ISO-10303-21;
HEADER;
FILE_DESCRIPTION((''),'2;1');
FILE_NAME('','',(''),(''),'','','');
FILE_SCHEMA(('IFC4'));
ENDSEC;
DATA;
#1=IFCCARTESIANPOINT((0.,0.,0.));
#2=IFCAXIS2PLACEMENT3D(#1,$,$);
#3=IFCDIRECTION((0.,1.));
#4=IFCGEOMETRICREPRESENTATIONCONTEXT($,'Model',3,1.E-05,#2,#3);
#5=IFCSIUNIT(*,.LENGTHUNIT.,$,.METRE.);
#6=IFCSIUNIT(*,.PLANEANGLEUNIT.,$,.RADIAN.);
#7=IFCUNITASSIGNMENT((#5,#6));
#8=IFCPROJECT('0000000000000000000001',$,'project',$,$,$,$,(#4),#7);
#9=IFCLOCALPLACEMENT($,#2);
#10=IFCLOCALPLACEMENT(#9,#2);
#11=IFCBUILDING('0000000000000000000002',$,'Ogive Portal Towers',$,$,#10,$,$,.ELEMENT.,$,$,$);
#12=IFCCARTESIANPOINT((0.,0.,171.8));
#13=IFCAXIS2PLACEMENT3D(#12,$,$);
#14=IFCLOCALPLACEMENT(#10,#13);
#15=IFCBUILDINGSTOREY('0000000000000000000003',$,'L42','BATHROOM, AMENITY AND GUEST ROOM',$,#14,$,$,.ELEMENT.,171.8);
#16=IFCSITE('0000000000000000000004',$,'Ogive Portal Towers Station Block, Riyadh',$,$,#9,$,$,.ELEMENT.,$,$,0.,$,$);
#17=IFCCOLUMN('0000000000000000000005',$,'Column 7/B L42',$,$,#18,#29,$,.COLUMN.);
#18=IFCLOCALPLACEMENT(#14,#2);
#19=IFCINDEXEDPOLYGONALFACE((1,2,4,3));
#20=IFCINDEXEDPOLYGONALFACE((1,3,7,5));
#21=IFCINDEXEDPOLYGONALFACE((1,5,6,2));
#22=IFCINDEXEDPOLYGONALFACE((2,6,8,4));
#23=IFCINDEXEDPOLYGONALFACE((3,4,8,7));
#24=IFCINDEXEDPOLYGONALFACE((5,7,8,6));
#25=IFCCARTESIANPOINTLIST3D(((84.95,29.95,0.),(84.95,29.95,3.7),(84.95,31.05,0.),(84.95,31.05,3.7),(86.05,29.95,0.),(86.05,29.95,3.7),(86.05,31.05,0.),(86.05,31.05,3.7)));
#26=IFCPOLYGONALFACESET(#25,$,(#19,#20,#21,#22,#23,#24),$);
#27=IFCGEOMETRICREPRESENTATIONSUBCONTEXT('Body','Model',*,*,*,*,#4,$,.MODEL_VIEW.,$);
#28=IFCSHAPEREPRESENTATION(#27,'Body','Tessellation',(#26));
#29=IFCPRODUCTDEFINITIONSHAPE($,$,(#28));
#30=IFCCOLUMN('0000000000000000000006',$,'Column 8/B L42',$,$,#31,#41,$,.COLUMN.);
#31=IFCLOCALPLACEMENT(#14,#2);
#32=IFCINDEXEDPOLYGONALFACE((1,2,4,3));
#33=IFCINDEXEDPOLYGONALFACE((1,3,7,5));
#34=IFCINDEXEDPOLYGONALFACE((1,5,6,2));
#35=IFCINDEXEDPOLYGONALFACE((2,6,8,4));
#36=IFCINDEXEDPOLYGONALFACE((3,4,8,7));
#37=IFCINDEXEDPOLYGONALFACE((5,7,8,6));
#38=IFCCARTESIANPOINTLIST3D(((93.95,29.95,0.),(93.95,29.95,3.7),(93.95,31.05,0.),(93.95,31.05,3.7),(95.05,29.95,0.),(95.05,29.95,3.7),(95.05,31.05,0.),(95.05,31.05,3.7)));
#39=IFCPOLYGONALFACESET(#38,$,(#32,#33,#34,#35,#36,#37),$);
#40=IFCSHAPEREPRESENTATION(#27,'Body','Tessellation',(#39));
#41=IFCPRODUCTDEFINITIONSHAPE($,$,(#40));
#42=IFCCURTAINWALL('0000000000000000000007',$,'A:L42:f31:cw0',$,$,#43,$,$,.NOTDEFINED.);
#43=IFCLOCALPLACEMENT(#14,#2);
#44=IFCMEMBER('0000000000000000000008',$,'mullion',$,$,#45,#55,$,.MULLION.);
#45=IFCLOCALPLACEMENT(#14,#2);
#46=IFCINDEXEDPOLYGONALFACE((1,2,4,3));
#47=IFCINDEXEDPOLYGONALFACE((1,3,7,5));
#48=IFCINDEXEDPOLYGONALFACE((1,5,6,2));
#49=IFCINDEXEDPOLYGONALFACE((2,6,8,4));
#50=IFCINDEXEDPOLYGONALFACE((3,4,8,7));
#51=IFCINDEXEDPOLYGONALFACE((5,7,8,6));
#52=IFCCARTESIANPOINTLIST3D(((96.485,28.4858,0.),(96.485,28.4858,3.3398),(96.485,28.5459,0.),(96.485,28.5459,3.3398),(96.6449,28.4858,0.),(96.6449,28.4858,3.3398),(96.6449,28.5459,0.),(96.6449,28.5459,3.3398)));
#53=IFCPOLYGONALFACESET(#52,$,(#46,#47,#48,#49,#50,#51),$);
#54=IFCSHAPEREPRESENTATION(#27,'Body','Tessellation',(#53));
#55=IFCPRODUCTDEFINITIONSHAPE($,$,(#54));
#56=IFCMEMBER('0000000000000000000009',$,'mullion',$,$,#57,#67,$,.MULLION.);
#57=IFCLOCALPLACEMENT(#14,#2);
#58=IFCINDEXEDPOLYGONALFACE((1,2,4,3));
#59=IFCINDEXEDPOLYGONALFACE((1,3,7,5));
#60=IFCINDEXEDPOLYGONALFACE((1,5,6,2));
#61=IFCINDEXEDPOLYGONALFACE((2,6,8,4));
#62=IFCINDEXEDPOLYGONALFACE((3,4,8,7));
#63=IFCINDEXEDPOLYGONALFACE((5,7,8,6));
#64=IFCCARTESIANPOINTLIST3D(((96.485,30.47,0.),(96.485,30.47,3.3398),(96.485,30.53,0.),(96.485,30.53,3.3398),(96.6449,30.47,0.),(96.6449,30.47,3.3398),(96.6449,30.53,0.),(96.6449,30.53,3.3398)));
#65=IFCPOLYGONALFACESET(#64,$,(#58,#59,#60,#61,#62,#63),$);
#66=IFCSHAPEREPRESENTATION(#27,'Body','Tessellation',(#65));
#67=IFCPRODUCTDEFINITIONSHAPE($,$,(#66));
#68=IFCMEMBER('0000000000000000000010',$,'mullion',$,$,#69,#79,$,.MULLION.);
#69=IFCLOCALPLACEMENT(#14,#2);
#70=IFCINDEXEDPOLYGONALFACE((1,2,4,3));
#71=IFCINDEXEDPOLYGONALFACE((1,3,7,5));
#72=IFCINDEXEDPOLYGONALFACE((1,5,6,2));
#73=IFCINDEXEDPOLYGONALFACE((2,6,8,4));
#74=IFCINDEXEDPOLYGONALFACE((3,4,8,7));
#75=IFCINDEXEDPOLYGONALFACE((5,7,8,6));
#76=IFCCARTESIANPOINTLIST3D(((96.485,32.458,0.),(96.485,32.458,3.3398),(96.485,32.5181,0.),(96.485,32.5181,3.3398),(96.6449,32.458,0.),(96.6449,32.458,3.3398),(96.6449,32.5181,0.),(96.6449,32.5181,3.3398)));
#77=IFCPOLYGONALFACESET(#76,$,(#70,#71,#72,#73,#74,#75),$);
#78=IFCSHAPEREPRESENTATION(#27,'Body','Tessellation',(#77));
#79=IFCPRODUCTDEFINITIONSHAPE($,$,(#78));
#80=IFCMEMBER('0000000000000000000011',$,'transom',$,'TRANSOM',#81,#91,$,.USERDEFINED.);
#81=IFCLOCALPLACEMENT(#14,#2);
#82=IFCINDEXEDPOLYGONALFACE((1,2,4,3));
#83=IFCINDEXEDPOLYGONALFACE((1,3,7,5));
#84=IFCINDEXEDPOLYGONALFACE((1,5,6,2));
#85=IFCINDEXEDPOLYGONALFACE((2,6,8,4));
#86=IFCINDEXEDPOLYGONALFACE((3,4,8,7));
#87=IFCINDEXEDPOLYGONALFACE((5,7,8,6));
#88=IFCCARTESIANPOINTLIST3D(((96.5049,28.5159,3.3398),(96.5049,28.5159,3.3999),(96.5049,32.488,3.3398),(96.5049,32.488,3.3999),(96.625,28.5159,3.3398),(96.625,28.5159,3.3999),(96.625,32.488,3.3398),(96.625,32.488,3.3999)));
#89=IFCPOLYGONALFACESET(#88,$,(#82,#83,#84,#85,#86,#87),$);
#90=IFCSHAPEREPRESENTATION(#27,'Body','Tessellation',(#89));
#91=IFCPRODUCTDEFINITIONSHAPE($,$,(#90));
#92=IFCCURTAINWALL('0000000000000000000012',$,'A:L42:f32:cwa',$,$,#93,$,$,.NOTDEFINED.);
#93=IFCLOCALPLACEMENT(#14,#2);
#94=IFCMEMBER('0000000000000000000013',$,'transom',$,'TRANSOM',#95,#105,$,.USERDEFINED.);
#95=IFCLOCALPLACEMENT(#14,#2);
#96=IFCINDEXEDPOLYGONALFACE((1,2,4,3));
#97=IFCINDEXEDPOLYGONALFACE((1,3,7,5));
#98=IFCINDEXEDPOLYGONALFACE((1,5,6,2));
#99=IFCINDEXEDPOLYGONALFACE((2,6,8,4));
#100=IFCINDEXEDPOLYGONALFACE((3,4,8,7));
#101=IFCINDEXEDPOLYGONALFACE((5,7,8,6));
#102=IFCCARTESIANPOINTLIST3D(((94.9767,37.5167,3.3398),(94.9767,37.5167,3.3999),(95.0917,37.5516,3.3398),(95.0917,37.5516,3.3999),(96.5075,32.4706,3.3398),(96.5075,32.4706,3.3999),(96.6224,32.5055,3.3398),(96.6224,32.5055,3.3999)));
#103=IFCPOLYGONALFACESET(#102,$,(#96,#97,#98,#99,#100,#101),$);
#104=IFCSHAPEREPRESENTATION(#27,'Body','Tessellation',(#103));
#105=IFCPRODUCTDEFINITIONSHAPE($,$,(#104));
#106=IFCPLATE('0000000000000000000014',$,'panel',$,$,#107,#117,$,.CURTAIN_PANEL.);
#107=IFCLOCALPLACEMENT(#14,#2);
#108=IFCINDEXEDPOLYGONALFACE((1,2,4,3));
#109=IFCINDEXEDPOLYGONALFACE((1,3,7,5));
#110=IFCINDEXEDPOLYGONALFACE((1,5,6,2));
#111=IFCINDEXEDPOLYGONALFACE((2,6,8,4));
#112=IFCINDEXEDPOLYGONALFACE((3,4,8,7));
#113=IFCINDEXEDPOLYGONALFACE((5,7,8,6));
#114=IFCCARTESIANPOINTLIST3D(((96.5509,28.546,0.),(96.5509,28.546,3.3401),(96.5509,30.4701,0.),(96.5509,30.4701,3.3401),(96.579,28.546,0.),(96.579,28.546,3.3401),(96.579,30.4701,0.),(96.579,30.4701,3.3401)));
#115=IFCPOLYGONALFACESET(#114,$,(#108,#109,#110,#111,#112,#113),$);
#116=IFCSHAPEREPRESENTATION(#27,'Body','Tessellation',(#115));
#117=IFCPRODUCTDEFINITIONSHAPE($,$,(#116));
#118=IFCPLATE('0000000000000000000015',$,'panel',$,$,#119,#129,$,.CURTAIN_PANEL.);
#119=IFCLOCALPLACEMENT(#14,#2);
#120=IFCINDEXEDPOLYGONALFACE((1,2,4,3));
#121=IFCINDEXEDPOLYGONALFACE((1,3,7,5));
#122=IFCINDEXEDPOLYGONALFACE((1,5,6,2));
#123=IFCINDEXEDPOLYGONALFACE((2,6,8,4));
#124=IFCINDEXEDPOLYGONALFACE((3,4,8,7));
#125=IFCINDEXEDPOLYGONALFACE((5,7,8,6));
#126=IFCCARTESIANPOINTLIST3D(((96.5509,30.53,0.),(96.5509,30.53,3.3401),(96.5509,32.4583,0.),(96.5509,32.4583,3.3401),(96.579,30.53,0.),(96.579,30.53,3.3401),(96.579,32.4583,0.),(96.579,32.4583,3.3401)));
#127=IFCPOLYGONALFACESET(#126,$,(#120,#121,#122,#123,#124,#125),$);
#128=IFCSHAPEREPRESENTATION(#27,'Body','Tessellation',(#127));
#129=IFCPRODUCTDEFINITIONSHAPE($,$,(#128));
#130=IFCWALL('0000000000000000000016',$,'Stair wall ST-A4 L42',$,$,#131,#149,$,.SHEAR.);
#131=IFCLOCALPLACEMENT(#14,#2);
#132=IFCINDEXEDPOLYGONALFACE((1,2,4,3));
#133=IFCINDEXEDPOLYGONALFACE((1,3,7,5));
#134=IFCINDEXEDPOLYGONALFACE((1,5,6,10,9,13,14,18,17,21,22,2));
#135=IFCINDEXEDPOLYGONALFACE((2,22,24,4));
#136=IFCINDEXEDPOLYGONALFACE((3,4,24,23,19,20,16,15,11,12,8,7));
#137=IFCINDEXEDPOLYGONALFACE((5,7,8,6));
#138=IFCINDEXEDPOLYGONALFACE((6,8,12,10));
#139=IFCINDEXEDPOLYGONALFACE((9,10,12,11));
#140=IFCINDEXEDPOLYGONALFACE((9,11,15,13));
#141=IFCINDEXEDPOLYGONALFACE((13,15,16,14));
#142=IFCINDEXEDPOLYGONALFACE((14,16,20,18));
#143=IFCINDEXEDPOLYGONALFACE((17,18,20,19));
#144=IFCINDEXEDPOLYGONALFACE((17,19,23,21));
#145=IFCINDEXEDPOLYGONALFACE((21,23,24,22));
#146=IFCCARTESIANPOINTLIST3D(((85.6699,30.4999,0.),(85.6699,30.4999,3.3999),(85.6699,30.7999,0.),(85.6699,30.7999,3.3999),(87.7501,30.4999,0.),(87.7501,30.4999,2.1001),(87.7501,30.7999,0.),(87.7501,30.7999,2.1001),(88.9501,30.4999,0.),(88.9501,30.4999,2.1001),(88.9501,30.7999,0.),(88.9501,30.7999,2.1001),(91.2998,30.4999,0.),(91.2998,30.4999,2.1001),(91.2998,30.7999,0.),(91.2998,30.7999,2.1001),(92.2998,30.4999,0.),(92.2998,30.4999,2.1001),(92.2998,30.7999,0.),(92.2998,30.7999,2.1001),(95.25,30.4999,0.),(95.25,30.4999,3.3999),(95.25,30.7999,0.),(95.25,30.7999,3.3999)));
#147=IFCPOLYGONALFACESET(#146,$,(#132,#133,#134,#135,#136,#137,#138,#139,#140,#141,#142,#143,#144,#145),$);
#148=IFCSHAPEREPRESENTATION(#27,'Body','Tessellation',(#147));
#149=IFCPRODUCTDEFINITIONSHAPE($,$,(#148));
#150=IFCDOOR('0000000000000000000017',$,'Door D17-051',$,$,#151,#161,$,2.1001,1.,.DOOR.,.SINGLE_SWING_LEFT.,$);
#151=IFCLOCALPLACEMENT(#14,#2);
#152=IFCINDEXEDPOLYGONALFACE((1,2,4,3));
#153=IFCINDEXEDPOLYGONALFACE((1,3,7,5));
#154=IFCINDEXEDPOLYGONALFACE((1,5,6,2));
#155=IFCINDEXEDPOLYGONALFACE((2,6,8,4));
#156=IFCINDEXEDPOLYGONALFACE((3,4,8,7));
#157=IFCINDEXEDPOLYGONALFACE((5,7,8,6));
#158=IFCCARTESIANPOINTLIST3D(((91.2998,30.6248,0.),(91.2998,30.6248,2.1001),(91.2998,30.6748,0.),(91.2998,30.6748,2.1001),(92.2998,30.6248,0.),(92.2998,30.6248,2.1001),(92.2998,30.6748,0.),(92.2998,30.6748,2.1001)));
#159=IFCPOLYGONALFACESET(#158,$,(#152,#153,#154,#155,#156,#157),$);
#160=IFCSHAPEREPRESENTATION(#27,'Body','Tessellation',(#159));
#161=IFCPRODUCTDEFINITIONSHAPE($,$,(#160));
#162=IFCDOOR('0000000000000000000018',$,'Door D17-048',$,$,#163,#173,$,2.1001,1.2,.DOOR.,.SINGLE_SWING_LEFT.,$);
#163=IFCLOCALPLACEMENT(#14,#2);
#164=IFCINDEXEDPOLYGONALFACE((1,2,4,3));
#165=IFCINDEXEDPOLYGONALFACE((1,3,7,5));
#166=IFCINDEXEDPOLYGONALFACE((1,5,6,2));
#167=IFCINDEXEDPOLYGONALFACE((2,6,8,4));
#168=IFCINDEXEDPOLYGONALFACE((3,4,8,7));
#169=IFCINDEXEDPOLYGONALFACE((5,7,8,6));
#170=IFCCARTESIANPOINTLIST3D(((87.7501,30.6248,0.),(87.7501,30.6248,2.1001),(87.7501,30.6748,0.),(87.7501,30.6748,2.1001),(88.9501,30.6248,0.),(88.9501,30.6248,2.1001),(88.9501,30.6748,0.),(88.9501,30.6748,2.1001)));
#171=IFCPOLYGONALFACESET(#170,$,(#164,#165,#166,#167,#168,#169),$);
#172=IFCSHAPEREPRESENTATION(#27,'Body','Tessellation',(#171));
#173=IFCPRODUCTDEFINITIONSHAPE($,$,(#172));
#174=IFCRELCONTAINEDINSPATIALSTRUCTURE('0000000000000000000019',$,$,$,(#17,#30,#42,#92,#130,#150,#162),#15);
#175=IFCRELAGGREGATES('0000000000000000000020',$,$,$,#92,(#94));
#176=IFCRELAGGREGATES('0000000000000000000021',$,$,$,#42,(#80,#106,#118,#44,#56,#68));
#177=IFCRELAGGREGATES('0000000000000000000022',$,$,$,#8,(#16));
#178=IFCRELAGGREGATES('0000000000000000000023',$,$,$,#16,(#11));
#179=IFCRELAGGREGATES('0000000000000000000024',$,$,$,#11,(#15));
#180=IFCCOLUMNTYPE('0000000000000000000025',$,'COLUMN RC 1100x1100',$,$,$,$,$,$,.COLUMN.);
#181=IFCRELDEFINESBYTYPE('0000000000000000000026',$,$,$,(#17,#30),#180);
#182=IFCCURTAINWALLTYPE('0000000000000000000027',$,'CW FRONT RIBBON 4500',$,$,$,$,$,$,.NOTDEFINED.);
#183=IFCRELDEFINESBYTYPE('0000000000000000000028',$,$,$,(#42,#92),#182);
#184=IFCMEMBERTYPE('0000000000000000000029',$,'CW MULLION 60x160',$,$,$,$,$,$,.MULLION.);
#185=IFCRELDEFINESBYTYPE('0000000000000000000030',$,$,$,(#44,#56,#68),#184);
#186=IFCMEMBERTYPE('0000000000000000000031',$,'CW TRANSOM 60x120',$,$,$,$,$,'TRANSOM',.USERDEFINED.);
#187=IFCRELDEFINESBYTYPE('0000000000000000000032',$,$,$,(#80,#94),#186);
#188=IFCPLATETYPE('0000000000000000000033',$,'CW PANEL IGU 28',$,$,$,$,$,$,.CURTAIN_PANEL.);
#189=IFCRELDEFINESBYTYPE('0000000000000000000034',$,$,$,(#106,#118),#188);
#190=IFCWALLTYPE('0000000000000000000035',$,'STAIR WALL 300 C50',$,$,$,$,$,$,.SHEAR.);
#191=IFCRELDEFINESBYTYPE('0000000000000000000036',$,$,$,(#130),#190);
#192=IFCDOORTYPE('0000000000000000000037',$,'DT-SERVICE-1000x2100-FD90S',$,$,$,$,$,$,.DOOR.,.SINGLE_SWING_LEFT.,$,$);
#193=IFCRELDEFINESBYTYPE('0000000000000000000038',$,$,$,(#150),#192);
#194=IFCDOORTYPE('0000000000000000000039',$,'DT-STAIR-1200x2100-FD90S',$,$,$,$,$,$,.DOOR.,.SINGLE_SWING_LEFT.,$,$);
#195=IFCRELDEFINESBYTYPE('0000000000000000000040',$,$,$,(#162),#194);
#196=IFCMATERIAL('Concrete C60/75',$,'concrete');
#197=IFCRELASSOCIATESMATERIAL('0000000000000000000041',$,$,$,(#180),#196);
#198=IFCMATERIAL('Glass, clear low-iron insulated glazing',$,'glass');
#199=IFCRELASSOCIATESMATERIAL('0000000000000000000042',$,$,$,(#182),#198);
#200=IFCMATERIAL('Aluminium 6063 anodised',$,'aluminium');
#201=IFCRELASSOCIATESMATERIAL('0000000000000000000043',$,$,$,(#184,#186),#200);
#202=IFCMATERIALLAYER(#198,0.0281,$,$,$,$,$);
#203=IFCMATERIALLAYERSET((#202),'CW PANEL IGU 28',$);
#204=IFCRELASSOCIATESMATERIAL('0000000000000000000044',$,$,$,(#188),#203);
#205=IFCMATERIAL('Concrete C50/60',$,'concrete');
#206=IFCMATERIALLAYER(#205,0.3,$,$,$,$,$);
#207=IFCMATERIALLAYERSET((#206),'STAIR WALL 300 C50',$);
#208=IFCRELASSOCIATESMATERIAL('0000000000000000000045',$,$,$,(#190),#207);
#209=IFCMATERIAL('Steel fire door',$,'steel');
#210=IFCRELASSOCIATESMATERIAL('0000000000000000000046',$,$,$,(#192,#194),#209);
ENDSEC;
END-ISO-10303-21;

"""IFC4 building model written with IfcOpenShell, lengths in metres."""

from ifc_helpers import new_model, si_unit, direction, frame, frame_2d, origin, origin_2d, place, context, subcontext, project, spatial, rectangle, extrude, material, layer, layer_set, material_profile, profile_set, type_object, element, fill, aggregate, save


model = new_model("IFC4")

# Units and contexts
model_context = context("Model", 3, precision=1e-05, world=origin(), true_north=direction((0.0, 1.0)))
body_context = subcontext(model_context, "Body", "Model", "MODEL_VIEW")
ifc_project = project(units=[si_unit("LENGTHUNIT", "METRE"), si_unit("PLANEANGLEUNIT", "RADIAN")], contexts=[model_context])

# Site, building, storey
site_placement = place(None, origin())
site = spatial("IfcSite", under=ifc_project, at=site_placement, Name="Ogive Portal Towers Station Block, Riyadh", CompositionType="ELEMENT", RefElevation=0.0)
building_placement = place(site_placement, origin())
building = spatial("IfcBuilding", under=site, at=building_placement, Name="Ogive Portal Towers", CompositionType="ELEMENT")
storey_placement = place(building_placement, frame((0.0, 0.0, 171.8)))
storey = spatial("IfcBuildingStorey", under=building, at=storey_placement, Name="L42", Description="BATHROOM, AMENITY AND GUEST ROOM", CompositionType="ELEMENT", Elevation=171.8)

# Columns
ifc_material_1 = material(Name="Concrete C60/75", Category="concrete")
ifc_material_profile_1 = material_profile(ifc_material_1, rectangle(XDim=1.1001, YDim=1.1001, at=origin_2d()), Name="RC 1100x1100")
ifc_profile_set_1 = profile_set([ifc_material_profile_1], Name="Concrete C60/75")
column_type = type_object("IfcColumnType", Name="COLUMN RC 1100x1100", PredefinedType="COLUMN", material=ifc_profile_set_1)
for number, where, z_axis, x_axis, name in (
    (1, (85.5, 30.5, 0.0), (0.0, 0.0, 1.0), (1.0, 0.0, 0.0), "Column 7/B L42"),
    (2, (94.5, 30.5, 0.0), (0.0, 0.0, 1.0), (1.0, 0.0, 0.0), "Column 8/B L42"),
):
    element("IfcColumn", number, at=place(storey_placement, frame(where, z_axis=z_axis, x_axis=x_axis)), inside=storey, type_object=column_type, Name=name, PredefinedType="COLUMN", context=body_context, shape_type="SweptSolid", body=[
        extrude(rectangle(XDim=1.1001, YDim=1.1001, at=origin_2d()), origin(), (0.0, 0.0, 1.0), 3.7),
    ])

# Curtain wall, members
ifc_material_2 = material(Name="Glass, clear low-iron insulated glazing", Category="glass")
curtain_wall_type = type_object("IfcCurtainWallType", Name="CW FRONT RIBBON 4500", PredefinedType="NOTDEFINED", material=ifc_material_2)
curtain_wall_1_placement = place(storey_placement, origin())
curtain_wall_1 = element("IfcCurtainWall", 3, at=curtain_wall_1_placement, inside=storey, type_object=curtain_wall_type, Name="A:L42:f31:cw0", PredefinedType="NOTDEFINED")
ifc_material_3 = material(Name="Aluminium 6063 anodised", Category="aluminium")
ifc_material_profile_2 = material_profile(ifc_material_3, rectangle(XDim=0.1599, YDim=0.0601, at=origin_2d()), Name="AL 60x160")
ifc_profile_set_2 = profile_set([ifc_material_profile_2], Name="Aluminium 6063 anodised")
member_type_1 = type_object("IfcMemberType", Name="CW MULLION 60x160", PredefinedType="MULLION", material=ifc_profile_set_2)
member_1_placement = place(storey_placement, frame((96.5649, 28.5159, 0.0), z_axis=(0.0, 0.0, 1.0), x_axis=(-1.0, 0.0, 0.0)))
member_1 = element("IfcMember", 4, at=member_1_placement, type_object=member_type_1, Name="mullion", PredefinedType="MULLION", context=body_context, shape_type="SweptSolid", body=[
    extrude(rectangle(XDim=0.1599, YDim=0.0601, at=origin_2d()), origin(), (0.0, 0.0, 1.0), 3.3398),
])
member_2_placement = place(storey_placement, frame((96.5649, 30.5, 0.0), z_axis=(0.0, 0.0, 1.0), x_axis=(-1.0, 0.0, 0.0)))
member_2 = element("IfcMember", 5, at=member_2_placement, type_object=member_type_1, Name="mullion", PredefinedType="MULLION", context=body_context, shape_type="SweptSolid", body=[
    extrude(rectangle(XDim=0.1599, YDim=0.0601, at=origin_2d()), origin(), (0.0, 0.0, 1.0), 3.3398),
])
member_3_placement = place(storey_placement, frame((96.5649, 32.488, 0.0), z_axis=(0.0, 0.0, 1.0), x_axis=(-1.0, 0.0, 0.0)))
member_3 = element("IfcMember", 6, at=member_3_placement, type_object=member_type_1, Name="mullion", PredefinedType="MULLION", context=body_context, shape_type="SweptSolid", body=[
    extrude(rectangle(XDim=0.1599, YDim=0.0601, at=origin_2d()), origin(), (0.0, 0.0, 1.0), 3.3398),
])
ifc_material_profile_3 = material_profile(ifc_material_3, rectangle(XDim=0.1201, YDim=0.0601, at=origin_2d()), Name="AL 120x60")
ifc_profile_set_3 = profile_set([ifc_material_profile_3], Name="Aluminium 6063 anodised")
member_type_2 = type_object("IfcMemberType", Name="CW TRANSOM 60x120", ElementType="TRANSOM", PredefinedType="USERDEFINED", material=ifc_profile_set_3)
member_4_placement = place(storey_placement, frame((96.5649, 28.5159, 3.3699), z_axis=(0.0, 1.0, 0.0), x_axis=(-1.0, 0.0, 0.0)))
member_4 = element("IfcMember", 7, at=member_4_placement, type_object=member_type_2, Name="transom", ObjectType="TRANSOM", PredefinedType="USERDEFINED", context=body_context, shape_type="SweptSolid", body=[
    extrude(rectangle(XDim=0.1201, YDim=0.0601, at=origin_2d()), origin(), (0.0, 0.0, 1.0), 3.9722),
])

# Curtain wall, member
curtain_wall_2_placement = place(storey_placement, origin())
curtain_wall_2 = element("IfcCurtainWall", 8, at=curtain_wall_2_placement, inside=storey, type_object=curtain_wall_type, Name="A:L42:f32:cwa", PredefinedType="NOTDEFINED")
member_5_placement = place(storey_placement, frame((96.5649, 32.488, 3.3699), z_axis=(-0.29029, 0.956939, 0.0), x_axis=(-0.956939, -0.29029, 0.0)))
member_5 = element("IfcMember", 9, at=member_5_placement, type_object=member_type_2, Name="transom", ObjectType="TRANSOM", PredefinedType="USERDEFINED", context=body_context, shape_type="SweptSolid", body=[
    extrude(rectangle(XDim=0.1201, YDim=0.0601, at=origin_2d()), origin(), (0.0, 0.0, 1.0), 5.2732),
])
aggregate(curtain_wall_2, [member_5])

# Plates
ifc_layer_1 = layer(ifc_material_2, 0.0281)
ifc_layer_set_1 = layer_set([ifc_layer_1], Name="CW PANEL IGU 28")
plate_type = type_object("IfcPlateType", Name="CW PANEL IGU 28", PredefinedType="CURTAIN_PANEL", material=ifc_layer_set_1)
plate_1_placement = place(storey_placement, frame((96.5649, 29.5081, 0.0), z_axis=(0.0, 0.0, 1.0), x_axis=(0.0, 1.0, 0.0)))
plate_1 = element("IfcPlate", 10, at=plate_1_placement, type_object=plate_type, Name="panel", PredefinedType="CURTAIN_PANEL", context=body_context, shape_type="SweptSolid", body=[
    extrude(rectangle(XDim=1.9241, YDim=0.0281, at=origin_2d()), origin(), (0.0, 0.0, 1.0), 3.3401),
])
plate_2_placement = place(storey_placement, frame((96.5649, 31.4941, 0.0), z_axis=(0.0, 0.0, 1.0), x_axis=(0.0, 1.0, 0.0)))
plate_2 = element("IfcPlate", 11, at=plate_2_placement, type_object=plate_type, Name="panel", PredefinedType="CURTAIN_PANEL", context=body_context, shape_type="SweptSolid", body=[
    extrude(rectangle(XDim=1.9282, YDim=0.0281, at=origin_2d()), origin(), (0.0, 0.0, 1.0), 3.3401),
])
aggregate(curtain_wall_1, [member_4, plate_1, plate_2, member_1, member_2, member_3])

# Wall, openings, doors
ifc_material_4 = material(Name="Concrete C50/60", Category="concrete")
ifc_layer_2 = layer(ifc_material_4, 0.3)
ifc_layer_set_2 = layer_set([ifc_layer_2], Name="STAIR WALL 300 C50")
wall_type_1 = type_object("IfcWallType", Name="STAIR WALL 300 C50", PredefinedType="SHEAR", material=ifc_layer_set_2)
wall_1_placement = place(storey_placement, frame((85.6699, 30.6499, 0.0), z_axis=(0.0, 0.0, 1.0), x_axis=(1.0, 0.0, 0.0)))
wall_1 = element("IfcWall", 12, at=wall_1_placement, inside=storey, type_object=wall_type_1, Name="Stair wall ST-A4 L42", PredefinedType="SHEAR", context=body_context, shape_type="SweptSolid", body=[
    extrude(rectangle(XDim=9.5801, YDim=0.3, at=frame_2d((4.79, 0.0))), origin(), (0.0, 0.0, 1.0), 3.3999),
])
opening_1_placement = place(wall_1_placement, frame((2.0801, 0.0, 0.0)))
opening_1 = element("IfcOpeningElement", 13, at=opening_1_placement, cuts=wall_1, PredefinedType="OPENING", context=body_context, shape_type="SweptSolid", body=[
    extrude(rectangle(XDim=1.2, YDim=2.1001, at=frame_2d((0.6001, 1.05))), frame((0.0, 0.1602, 0.0), z_axis=(0.0, -1.0, 0.0), x_axis=(1.0, 0.0, 0.0)), (0.0, 0.0, 1.0), 0.3201),
])
opening_2_placement = place(wall_1_placement, frame((5.6299, 0.0, 0.0)))
opening_2 = element("IfcOpeningElement", 14, at=opening_2_placement, cuts=wall_1, PredefinedType="OPENING", context=body_context, shape_type="SweptSolid", body=[
    extrude(rectangle(XDim=1.0, YDim=2.1001, at=frame_2d((0.5, 1.05))), frame((0.0, 0.1602, 0.0), z_axis=(0.0, -1.0, 0.0), x_axis=(1.0, 0.0, 0.0)), (0.0, 0.0, 1.0), 0.3201),
])
ifc_material_5 = material(Name="Steel fire door", Category="steel")
door_type_1 = type_object("IfcDoorType", Name="DT-SERVICE-1000x2100-FD90S", OperationType="SINGLE_SWING_LEFT", PredefinedType="DOOR", material=ifc_material_5)
door_1_placement = place(opening_2_placement, origin())
door_1 = element("IfcDoor", 15, at=door_1_placement, inside=storey, type_object=door_type_1, Name="Door D17-051", OperationType="SINGLE_SWING_LEFT", OverallHeight=2.1001, OverallWidth=1.0, PredefinedType="DOOR", context=body_context, shape_type="SweptSolid", body=[
    extrude(rectangle(XDim=1.0, YDim=2.1001, at=frame_2d((0.5, 1.05))), frame((0.0, 0.0249, 0.0), z_axis=(0.0, -1.0, 0.0), x_axis=(1.0, 0.0, 0.0)), (0.0, 0.0, 1.0), 0.05),
])
fill(opening_2, door_1)
door_type_2 = type_object("IfcDoorType", Name="DT-STAIR-1200x2100-FD90S", OperationType="SINGLE_SWING_LEFT", PredefinedType="DOOR", material=ifc_material_5)
door_2_placement = place(opening_1_placement, origin())
door_2 = element("IfcDoor", 16, at=door_2_placement, inside=storey, type_object=door_type_2, Name="Door D17-048", OperationType="SINGLE_SWING_LEFT", OverallHeight=2.1001, OverallWidth=1.2, PredefinedType="DOOR", context=body_context, shape_type="SweptSolid", body=[
    extrude(rectangle(XDim=1.2, YDim=2.1001, at=frame_2d((0.6001, 1.05))), frame((0.0, 0.0249, 0.0), z_axis=(0.0, -1.0, 0.0), x_axis=(1.0, 0.0, 0.0)), (0.0, 0.0, 1.0), 0.05),
])
fill(opening_1, door_2)

save(model, "model.ifc")
